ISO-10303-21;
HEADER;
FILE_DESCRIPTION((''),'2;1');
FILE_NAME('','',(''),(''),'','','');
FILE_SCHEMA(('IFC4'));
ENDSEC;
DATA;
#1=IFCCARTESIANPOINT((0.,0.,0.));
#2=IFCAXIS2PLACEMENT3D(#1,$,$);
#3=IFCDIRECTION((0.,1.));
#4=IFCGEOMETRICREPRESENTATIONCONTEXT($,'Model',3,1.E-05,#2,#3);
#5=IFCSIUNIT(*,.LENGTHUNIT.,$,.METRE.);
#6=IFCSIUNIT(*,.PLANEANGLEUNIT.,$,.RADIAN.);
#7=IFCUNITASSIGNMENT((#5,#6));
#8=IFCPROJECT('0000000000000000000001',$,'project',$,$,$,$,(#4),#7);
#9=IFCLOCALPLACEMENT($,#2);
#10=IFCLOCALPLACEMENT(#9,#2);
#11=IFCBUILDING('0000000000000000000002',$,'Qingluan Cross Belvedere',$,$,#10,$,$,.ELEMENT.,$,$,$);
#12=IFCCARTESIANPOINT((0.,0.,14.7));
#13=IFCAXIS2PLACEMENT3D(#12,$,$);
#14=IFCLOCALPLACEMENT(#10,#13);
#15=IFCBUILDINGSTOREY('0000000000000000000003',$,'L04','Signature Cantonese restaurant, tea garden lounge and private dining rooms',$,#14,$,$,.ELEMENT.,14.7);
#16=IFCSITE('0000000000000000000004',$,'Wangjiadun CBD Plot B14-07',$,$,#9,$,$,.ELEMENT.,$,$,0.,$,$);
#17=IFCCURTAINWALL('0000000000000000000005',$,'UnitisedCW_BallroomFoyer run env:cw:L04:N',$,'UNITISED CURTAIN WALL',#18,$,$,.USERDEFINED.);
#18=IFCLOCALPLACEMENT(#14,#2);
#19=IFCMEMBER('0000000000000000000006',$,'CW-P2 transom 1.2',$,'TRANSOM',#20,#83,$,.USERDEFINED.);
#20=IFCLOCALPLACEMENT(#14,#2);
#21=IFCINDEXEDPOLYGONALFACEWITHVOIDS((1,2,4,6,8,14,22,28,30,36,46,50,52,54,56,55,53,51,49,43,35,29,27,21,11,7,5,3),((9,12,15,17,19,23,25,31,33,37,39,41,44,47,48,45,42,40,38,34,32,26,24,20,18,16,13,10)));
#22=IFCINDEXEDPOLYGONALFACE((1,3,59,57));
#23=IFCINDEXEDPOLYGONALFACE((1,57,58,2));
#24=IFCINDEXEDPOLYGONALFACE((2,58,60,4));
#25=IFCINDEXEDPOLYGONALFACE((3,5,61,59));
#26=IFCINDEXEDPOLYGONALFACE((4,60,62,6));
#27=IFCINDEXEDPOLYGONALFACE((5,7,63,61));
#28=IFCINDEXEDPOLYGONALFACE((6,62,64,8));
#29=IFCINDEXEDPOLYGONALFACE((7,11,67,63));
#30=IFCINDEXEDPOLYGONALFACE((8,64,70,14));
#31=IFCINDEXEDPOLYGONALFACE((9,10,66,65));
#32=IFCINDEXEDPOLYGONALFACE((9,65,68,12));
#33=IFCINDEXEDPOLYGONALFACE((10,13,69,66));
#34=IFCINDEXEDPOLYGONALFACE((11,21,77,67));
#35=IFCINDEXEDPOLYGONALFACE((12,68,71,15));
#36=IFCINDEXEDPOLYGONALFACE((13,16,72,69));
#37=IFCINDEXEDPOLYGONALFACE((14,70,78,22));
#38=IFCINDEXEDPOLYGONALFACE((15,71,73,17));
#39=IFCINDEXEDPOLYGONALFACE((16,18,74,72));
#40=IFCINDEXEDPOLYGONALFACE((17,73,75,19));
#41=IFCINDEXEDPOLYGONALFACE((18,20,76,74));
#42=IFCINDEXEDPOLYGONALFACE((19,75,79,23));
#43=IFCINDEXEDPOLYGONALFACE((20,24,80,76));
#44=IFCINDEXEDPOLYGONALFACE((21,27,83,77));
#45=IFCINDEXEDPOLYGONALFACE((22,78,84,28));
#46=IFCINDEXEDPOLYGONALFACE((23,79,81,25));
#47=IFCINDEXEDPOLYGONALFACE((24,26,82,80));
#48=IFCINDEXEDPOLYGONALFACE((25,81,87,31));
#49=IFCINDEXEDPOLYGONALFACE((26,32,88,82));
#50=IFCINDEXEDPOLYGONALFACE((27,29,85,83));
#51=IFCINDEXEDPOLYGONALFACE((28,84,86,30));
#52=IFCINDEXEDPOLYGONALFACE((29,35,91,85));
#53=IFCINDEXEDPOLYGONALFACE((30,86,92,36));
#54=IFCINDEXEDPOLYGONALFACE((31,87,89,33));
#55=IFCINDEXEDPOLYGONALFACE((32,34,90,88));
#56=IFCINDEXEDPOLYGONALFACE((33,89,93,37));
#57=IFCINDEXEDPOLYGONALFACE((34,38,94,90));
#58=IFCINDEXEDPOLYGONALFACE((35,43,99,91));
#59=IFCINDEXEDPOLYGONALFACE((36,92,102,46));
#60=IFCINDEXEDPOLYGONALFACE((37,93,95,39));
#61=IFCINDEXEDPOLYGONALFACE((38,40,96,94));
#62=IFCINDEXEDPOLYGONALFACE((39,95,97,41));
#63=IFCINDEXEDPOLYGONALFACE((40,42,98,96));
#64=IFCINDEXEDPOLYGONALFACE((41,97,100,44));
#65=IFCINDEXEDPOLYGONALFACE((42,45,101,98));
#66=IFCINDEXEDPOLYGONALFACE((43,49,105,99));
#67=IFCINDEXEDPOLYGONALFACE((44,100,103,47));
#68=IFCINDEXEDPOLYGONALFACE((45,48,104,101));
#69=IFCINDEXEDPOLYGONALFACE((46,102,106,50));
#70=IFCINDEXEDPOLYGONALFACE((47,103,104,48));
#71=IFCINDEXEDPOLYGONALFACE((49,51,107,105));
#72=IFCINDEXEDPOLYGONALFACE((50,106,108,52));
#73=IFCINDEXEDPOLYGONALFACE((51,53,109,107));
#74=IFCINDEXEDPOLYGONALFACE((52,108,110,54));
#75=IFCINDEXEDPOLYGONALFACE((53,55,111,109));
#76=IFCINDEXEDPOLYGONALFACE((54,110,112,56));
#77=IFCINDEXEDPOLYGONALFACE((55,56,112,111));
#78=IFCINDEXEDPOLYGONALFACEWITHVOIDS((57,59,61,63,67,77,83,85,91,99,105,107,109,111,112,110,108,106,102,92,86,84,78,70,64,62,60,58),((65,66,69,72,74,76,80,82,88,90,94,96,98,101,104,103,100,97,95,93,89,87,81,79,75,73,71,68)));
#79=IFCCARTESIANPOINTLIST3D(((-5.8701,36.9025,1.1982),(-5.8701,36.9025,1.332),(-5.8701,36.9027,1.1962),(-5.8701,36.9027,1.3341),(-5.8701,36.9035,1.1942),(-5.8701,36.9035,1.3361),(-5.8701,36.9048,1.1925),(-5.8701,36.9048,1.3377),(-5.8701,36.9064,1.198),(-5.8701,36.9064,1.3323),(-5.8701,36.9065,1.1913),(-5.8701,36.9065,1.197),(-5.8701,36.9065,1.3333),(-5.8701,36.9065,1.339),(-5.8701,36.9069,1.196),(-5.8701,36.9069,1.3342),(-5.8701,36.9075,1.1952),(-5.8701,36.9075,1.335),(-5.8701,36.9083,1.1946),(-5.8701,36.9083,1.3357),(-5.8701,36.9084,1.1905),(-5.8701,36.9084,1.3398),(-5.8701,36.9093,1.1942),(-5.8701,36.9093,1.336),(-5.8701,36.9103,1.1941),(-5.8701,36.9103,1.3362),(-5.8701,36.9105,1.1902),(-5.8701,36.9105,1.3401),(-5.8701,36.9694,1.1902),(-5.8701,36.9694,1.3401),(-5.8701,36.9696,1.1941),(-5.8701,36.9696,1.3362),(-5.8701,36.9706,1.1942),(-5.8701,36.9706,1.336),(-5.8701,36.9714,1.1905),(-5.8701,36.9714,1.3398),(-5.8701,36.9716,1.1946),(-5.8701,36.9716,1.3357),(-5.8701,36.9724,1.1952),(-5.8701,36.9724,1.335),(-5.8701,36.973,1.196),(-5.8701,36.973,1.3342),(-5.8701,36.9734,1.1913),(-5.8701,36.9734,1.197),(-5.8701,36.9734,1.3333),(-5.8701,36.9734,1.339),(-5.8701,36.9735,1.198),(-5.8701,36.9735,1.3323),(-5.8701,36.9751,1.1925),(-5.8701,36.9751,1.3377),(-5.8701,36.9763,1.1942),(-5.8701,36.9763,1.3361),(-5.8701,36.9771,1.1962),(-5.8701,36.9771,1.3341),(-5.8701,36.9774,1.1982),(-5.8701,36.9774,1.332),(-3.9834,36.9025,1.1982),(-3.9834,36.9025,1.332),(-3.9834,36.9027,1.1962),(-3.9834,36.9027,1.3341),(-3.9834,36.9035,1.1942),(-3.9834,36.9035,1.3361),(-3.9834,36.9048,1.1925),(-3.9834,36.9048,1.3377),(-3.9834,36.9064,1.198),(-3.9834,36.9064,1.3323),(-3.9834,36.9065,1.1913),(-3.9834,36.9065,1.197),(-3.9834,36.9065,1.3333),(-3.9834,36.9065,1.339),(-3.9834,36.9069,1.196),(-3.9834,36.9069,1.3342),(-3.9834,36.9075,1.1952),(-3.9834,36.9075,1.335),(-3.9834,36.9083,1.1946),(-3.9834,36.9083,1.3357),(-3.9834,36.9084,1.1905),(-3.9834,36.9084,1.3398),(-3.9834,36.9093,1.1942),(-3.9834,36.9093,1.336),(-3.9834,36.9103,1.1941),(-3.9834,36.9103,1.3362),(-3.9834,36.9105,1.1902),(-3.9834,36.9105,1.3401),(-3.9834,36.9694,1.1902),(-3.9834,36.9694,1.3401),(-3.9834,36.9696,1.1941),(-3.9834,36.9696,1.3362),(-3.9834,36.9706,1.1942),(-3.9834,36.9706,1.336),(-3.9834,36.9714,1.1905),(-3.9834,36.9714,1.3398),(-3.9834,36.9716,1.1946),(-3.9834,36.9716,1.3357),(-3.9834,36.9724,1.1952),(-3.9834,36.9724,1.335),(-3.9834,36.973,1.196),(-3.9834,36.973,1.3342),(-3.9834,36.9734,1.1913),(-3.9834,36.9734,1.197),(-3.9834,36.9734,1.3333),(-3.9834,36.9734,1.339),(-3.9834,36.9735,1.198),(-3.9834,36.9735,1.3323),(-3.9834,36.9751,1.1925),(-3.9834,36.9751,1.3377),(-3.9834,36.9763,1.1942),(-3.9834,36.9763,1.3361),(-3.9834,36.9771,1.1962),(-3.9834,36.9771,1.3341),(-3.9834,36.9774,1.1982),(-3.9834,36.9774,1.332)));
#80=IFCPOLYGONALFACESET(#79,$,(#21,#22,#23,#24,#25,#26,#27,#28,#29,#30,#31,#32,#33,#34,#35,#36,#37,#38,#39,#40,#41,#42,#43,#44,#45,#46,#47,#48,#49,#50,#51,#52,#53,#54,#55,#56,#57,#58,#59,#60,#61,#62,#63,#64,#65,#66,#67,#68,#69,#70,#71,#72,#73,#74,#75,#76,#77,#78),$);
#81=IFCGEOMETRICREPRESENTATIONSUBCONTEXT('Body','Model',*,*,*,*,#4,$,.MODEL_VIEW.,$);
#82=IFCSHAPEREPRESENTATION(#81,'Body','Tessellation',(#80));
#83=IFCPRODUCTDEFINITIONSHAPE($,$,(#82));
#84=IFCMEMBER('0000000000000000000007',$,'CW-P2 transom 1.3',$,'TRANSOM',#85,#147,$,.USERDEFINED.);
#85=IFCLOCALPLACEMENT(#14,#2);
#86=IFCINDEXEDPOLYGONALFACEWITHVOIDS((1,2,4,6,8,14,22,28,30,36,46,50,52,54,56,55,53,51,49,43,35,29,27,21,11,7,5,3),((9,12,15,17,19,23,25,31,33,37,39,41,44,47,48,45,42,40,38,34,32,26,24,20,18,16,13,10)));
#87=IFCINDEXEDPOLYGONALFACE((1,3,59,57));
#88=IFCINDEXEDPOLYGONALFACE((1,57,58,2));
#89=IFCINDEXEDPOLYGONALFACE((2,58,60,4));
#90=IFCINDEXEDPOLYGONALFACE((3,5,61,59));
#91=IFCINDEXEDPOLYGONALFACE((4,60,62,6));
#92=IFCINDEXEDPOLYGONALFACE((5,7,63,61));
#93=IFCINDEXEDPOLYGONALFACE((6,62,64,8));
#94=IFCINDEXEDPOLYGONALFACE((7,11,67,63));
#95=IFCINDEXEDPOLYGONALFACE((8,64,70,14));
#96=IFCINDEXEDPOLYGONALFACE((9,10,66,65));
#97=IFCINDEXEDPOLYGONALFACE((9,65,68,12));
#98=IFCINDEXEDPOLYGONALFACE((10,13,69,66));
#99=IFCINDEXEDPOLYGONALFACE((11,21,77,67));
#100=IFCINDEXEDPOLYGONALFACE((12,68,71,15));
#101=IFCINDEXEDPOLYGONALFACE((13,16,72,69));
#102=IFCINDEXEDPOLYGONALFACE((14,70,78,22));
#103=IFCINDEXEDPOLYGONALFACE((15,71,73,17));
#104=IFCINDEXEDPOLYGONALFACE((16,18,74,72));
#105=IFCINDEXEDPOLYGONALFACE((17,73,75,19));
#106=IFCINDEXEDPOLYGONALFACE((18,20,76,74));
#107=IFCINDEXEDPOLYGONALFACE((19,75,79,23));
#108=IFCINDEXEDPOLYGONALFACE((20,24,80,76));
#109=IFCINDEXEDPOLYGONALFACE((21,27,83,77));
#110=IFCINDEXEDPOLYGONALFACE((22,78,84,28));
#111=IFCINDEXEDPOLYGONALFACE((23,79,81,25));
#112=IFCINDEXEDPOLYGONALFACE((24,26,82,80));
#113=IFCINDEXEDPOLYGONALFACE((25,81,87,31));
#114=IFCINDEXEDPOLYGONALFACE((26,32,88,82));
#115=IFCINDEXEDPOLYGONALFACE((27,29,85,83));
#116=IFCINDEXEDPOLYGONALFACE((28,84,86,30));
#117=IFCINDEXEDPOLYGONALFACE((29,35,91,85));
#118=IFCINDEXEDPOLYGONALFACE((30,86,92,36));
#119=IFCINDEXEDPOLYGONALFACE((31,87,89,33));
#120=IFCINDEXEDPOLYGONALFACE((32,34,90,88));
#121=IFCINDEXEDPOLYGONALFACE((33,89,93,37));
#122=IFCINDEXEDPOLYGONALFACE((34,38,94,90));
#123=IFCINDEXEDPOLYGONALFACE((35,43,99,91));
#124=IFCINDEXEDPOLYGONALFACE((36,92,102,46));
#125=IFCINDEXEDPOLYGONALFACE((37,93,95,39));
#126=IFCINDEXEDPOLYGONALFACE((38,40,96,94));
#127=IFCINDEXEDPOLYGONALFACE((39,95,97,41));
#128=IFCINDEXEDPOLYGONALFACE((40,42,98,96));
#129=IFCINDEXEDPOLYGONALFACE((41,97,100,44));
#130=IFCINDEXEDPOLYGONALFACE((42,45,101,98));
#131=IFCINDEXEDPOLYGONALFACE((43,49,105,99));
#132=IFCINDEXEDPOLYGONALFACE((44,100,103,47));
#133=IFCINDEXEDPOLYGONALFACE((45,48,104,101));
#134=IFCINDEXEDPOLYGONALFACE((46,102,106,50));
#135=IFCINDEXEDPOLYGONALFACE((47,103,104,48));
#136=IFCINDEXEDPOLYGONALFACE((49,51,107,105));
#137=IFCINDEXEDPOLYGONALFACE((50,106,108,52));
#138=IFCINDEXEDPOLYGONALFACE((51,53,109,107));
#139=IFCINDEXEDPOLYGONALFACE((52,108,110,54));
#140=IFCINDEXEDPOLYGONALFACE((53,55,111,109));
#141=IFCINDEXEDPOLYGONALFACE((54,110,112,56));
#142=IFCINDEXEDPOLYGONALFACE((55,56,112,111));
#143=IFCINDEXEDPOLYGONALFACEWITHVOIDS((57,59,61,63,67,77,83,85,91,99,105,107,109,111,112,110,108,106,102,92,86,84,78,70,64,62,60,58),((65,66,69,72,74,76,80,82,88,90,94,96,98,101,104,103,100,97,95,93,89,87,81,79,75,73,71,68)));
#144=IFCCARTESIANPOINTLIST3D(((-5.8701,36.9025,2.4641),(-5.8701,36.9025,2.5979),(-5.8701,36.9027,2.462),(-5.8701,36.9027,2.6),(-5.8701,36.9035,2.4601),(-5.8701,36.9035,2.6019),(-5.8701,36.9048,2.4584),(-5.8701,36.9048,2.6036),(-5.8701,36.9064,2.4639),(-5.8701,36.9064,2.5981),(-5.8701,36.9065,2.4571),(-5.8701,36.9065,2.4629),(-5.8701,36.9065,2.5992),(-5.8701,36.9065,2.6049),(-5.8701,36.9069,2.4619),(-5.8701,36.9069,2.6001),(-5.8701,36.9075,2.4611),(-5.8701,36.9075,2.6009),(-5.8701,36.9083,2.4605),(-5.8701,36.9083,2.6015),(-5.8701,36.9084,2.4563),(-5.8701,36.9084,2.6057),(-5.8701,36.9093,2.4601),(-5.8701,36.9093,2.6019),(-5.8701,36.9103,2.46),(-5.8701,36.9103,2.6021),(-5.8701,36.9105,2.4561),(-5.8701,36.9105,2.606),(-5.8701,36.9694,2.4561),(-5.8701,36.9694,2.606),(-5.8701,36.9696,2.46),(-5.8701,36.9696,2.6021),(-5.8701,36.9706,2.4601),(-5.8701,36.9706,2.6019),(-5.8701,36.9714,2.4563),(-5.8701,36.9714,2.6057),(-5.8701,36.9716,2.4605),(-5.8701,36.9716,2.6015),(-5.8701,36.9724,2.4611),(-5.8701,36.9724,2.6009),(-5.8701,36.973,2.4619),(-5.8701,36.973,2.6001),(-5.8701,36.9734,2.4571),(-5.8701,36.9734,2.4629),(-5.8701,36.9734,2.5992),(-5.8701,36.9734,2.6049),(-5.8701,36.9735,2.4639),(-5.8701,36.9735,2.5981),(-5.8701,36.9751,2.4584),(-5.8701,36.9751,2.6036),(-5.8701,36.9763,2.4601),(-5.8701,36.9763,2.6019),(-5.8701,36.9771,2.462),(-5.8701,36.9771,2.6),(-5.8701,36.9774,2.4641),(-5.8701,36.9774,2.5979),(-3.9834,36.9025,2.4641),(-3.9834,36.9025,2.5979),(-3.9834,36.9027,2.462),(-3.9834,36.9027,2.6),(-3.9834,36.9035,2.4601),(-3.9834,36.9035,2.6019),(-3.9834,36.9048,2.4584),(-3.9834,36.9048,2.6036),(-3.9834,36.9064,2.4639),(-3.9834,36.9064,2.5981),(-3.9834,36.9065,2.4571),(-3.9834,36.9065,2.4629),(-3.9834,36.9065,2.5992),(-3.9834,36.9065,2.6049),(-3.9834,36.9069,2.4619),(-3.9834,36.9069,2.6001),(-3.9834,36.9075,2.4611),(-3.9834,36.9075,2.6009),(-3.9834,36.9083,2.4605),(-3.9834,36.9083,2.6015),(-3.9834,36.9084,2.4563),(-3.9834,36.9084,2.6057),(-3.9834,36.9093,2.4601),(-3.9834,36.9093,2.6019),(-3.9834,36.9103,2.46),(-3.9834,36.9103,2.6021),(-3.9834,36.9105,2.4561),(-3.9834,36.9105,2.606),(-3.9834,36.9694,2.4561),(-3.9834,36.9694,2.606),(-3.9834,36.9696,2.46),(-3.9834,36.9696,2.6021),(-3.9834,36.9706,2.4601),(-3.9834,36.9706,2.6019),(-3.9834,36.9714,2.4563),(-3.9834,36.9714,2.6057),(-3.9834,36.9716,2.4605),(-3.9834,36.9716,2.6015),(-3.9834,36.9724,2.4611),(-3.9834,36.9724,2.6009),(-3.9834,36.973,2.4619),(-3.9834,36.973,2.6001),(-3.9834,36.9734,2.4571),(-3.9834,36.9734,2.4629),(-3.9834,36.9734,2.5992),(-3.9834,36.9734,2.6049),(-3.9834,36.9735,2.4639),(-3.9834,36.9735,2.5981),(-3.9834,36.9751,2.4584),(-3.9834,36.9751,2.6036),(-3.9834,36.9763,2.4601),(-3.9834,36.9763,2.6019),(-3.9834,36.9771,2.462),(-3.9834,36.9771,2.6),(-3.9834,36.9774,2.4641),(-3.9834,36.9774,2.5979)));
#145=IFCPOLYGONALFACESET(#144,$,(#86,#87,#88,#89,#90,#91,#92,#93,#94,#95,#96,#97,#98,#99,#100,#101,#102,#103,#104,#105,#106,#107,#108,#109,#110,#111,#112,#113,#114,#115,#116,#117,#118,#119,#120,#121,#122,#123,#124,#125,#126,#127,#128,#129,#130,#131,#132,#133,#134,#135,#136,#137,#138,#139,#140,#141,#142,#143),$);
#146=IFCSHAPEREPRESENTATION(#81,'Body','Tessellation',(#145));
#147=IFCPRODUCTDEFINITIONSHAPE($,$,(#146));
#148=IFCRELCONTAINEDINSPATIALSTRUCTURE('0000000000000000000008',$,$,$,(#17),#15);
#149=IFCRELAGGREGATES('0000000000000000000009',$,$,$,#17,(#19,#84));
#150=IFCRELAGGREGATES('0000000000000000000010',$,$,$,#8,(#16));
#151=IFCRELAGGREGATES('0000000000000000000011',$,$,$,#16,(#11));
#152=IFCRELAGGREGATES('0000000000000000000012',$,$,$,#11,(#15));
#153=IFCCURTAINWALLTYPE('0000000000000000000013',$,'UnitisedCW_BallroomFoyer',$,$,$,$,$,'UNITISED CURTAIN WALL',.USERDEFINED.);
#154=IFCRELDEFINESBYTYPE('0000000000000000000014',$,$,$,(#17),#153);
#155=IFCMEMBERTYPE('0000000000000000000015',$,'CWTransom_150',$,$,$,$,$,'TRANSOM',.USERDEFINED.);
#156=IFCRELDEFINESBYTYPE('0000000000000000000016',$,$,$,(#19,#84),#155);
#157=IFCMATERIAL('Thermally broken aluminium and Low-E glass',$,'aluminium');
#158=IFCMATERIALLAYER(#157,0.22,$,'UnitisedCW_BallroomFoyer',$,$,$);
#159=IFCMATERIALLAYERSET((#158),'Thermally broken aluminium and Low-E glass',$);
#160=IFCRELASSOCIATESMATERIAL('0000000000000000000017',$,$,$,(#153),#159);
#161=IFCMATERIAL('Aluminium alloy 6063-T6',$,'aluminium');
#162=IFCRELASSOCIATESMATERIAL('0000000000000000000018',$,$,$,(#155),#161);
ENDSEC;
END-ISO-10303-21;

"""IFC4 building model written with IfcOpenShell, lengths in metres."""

from ifc_helpers import new_model, si_unit, direction, frame, origin, origin_2d, place, context, subcontext, project, spatial, hollow_rectangle, extrude, material, layer, layer_set, material_profile, profile_set, type_object, element, aggregate, save


model = new_model("IFC4")

# Units and contexts
model_context = context("Model", 3, precision=1e-05, world=origin(), true_north=direction((0.0, 1.0)))
body_context = subcontext(model_context, "Body", "Model", "MODEL_VIEW")
ifc_project = project(units=[si_unit("LENGTHUNIT", "METRE"), si_unit("PLANEANGLEUNIT", "RADIAN")], contexts=[model_context])

# Site, building, storey
site_placement = place(None, origin())
site = spatial("IfcSite", under=ifc_project, at=site_placement, Name="Wangjiadun CBD Plot B14-07", CompositionType="ELEMENT", RefElevation=0.0)
building_placement = place(site_placement, origin())
building = spatial("IfcBuilding", under=site, at=building_placement, Name="Qingluan Cross Belvedere", CompositionType="ELEMENT")
storey_placement = place(building_placement, frame((0.0, 0.0, 14.7)))
storey = spatial("IfcBuildingStorey", under=building, at=storey_placement, Name="L04", Description="Signature Cantonese restaurant, tea garden lounge and private dining rooms", CompositionType="ELEMENT", Elevation=14.7)

# Curtain wall, members
ifc_material_1 = material(Name="Thermally broken aluminium and Low-E glass", Category="aluminium")
ifc_layer_1 = layer(ifc_material_1, 0.22, Name="UnitisedCW_BallroomFoyer")
ifc_layer_set_1 = layer_set([ifc_layer_1], Name="Thermally broken aluminium and Low-E glass")
curtain_wall_type = type_object("IfcCurtainWallType", Name="UnitisedCW_BallroomFoyer", ElementType="UNITISED CURTAIN WALL", PredefinedType="USERDEFINED", material=ifc_layer_set_1)
curtain_wall_placement = place(storey_placement, origin())
curtain_wall = element("IfcCurtainWall", 1, at=curtain_wall_placement, inside=storey, type_object=curtain_wall_type, Name="UnitisedCW_BallroomFoyer run env:cw:L04:N", ObjectType="UNITISED CURTAIN WALL", PredefinedType="USERDEFINED")
ifc_material_2 = material(Name="Aluminium alloy 6063-T6", Category="aluminium")
ifc_material_profile_1 = material_profile(ifc_material_2, hollow_rectangle(XDim=0.075, YDim=0.1499, WallThickness=0.0039, InnerFilletRadius=0.0039, OuterFilletRadius=0.0081, at=origin_2d()), Name="CWT150x75x4")
ifc_profile_set_1 = profile_set([ifc_material_profile_1], Name="Aluminium alloy 6063-T6")
member_type_1 = type_object("IfcMemberType", Name="CWTransom_150", ElementType="TRANSOM", PredefinedType="USERDEFINED", material=ifc_profile_set_1)
member_1_placement = place(storey_placement, frame((-5.8701, 36.9399, 1.2651), z_axis=(1.0, 0.0, 0.0), x_axis=(0.0, 1.0, 0.0)))
member_1 = element("IfcMember", 2, at=member_1_placement, type_object=member_type_1, Name="CW-P2 transom 1.2", ObjectType="TRANSOM", PredefinedType="USERDEFINED", context=body_context, shape_type="SweptSolid", body=[
    extrude(hollow_rectangle(XDim=0.075, YDim=0.1499, WallThickness=0.0039, InnerFilletRadius=0.0039, OuterFilletRadius=0.0081, at=origin_2d()), origin(), (0.0, 0.0, 1.0), 1.8867),
])
member_2_placement = place(storey_placement, frame((-5.8701, 36.9399, 2.531), z_axis=(1.0, 0.0, 0.0), x_axis=(0.0, 1.0, 0.0)))
member_2 = element("IfcMember", 3, at=member_2_placement, type_object=member_type_1, Name="CW-P2 transom 1.3", ObjectType="TRANSOM", PredefinedType="USERDEFINED", context=body_context, shape_type="SweptSolid", body=[
    extrude(hollow_rectangle(XDim=0.075, YDim=0.1499, WallThickness=0.0039, InnerFilletRadius=0.0039, OuterFilletRadius=0.0081, at=origin_2d()), origin(), (0.0, 0.0, 1.0), 1.8867),
])

aggregate(curtain_wall, [member_1, member_2])

save(model, "model.ifc")
